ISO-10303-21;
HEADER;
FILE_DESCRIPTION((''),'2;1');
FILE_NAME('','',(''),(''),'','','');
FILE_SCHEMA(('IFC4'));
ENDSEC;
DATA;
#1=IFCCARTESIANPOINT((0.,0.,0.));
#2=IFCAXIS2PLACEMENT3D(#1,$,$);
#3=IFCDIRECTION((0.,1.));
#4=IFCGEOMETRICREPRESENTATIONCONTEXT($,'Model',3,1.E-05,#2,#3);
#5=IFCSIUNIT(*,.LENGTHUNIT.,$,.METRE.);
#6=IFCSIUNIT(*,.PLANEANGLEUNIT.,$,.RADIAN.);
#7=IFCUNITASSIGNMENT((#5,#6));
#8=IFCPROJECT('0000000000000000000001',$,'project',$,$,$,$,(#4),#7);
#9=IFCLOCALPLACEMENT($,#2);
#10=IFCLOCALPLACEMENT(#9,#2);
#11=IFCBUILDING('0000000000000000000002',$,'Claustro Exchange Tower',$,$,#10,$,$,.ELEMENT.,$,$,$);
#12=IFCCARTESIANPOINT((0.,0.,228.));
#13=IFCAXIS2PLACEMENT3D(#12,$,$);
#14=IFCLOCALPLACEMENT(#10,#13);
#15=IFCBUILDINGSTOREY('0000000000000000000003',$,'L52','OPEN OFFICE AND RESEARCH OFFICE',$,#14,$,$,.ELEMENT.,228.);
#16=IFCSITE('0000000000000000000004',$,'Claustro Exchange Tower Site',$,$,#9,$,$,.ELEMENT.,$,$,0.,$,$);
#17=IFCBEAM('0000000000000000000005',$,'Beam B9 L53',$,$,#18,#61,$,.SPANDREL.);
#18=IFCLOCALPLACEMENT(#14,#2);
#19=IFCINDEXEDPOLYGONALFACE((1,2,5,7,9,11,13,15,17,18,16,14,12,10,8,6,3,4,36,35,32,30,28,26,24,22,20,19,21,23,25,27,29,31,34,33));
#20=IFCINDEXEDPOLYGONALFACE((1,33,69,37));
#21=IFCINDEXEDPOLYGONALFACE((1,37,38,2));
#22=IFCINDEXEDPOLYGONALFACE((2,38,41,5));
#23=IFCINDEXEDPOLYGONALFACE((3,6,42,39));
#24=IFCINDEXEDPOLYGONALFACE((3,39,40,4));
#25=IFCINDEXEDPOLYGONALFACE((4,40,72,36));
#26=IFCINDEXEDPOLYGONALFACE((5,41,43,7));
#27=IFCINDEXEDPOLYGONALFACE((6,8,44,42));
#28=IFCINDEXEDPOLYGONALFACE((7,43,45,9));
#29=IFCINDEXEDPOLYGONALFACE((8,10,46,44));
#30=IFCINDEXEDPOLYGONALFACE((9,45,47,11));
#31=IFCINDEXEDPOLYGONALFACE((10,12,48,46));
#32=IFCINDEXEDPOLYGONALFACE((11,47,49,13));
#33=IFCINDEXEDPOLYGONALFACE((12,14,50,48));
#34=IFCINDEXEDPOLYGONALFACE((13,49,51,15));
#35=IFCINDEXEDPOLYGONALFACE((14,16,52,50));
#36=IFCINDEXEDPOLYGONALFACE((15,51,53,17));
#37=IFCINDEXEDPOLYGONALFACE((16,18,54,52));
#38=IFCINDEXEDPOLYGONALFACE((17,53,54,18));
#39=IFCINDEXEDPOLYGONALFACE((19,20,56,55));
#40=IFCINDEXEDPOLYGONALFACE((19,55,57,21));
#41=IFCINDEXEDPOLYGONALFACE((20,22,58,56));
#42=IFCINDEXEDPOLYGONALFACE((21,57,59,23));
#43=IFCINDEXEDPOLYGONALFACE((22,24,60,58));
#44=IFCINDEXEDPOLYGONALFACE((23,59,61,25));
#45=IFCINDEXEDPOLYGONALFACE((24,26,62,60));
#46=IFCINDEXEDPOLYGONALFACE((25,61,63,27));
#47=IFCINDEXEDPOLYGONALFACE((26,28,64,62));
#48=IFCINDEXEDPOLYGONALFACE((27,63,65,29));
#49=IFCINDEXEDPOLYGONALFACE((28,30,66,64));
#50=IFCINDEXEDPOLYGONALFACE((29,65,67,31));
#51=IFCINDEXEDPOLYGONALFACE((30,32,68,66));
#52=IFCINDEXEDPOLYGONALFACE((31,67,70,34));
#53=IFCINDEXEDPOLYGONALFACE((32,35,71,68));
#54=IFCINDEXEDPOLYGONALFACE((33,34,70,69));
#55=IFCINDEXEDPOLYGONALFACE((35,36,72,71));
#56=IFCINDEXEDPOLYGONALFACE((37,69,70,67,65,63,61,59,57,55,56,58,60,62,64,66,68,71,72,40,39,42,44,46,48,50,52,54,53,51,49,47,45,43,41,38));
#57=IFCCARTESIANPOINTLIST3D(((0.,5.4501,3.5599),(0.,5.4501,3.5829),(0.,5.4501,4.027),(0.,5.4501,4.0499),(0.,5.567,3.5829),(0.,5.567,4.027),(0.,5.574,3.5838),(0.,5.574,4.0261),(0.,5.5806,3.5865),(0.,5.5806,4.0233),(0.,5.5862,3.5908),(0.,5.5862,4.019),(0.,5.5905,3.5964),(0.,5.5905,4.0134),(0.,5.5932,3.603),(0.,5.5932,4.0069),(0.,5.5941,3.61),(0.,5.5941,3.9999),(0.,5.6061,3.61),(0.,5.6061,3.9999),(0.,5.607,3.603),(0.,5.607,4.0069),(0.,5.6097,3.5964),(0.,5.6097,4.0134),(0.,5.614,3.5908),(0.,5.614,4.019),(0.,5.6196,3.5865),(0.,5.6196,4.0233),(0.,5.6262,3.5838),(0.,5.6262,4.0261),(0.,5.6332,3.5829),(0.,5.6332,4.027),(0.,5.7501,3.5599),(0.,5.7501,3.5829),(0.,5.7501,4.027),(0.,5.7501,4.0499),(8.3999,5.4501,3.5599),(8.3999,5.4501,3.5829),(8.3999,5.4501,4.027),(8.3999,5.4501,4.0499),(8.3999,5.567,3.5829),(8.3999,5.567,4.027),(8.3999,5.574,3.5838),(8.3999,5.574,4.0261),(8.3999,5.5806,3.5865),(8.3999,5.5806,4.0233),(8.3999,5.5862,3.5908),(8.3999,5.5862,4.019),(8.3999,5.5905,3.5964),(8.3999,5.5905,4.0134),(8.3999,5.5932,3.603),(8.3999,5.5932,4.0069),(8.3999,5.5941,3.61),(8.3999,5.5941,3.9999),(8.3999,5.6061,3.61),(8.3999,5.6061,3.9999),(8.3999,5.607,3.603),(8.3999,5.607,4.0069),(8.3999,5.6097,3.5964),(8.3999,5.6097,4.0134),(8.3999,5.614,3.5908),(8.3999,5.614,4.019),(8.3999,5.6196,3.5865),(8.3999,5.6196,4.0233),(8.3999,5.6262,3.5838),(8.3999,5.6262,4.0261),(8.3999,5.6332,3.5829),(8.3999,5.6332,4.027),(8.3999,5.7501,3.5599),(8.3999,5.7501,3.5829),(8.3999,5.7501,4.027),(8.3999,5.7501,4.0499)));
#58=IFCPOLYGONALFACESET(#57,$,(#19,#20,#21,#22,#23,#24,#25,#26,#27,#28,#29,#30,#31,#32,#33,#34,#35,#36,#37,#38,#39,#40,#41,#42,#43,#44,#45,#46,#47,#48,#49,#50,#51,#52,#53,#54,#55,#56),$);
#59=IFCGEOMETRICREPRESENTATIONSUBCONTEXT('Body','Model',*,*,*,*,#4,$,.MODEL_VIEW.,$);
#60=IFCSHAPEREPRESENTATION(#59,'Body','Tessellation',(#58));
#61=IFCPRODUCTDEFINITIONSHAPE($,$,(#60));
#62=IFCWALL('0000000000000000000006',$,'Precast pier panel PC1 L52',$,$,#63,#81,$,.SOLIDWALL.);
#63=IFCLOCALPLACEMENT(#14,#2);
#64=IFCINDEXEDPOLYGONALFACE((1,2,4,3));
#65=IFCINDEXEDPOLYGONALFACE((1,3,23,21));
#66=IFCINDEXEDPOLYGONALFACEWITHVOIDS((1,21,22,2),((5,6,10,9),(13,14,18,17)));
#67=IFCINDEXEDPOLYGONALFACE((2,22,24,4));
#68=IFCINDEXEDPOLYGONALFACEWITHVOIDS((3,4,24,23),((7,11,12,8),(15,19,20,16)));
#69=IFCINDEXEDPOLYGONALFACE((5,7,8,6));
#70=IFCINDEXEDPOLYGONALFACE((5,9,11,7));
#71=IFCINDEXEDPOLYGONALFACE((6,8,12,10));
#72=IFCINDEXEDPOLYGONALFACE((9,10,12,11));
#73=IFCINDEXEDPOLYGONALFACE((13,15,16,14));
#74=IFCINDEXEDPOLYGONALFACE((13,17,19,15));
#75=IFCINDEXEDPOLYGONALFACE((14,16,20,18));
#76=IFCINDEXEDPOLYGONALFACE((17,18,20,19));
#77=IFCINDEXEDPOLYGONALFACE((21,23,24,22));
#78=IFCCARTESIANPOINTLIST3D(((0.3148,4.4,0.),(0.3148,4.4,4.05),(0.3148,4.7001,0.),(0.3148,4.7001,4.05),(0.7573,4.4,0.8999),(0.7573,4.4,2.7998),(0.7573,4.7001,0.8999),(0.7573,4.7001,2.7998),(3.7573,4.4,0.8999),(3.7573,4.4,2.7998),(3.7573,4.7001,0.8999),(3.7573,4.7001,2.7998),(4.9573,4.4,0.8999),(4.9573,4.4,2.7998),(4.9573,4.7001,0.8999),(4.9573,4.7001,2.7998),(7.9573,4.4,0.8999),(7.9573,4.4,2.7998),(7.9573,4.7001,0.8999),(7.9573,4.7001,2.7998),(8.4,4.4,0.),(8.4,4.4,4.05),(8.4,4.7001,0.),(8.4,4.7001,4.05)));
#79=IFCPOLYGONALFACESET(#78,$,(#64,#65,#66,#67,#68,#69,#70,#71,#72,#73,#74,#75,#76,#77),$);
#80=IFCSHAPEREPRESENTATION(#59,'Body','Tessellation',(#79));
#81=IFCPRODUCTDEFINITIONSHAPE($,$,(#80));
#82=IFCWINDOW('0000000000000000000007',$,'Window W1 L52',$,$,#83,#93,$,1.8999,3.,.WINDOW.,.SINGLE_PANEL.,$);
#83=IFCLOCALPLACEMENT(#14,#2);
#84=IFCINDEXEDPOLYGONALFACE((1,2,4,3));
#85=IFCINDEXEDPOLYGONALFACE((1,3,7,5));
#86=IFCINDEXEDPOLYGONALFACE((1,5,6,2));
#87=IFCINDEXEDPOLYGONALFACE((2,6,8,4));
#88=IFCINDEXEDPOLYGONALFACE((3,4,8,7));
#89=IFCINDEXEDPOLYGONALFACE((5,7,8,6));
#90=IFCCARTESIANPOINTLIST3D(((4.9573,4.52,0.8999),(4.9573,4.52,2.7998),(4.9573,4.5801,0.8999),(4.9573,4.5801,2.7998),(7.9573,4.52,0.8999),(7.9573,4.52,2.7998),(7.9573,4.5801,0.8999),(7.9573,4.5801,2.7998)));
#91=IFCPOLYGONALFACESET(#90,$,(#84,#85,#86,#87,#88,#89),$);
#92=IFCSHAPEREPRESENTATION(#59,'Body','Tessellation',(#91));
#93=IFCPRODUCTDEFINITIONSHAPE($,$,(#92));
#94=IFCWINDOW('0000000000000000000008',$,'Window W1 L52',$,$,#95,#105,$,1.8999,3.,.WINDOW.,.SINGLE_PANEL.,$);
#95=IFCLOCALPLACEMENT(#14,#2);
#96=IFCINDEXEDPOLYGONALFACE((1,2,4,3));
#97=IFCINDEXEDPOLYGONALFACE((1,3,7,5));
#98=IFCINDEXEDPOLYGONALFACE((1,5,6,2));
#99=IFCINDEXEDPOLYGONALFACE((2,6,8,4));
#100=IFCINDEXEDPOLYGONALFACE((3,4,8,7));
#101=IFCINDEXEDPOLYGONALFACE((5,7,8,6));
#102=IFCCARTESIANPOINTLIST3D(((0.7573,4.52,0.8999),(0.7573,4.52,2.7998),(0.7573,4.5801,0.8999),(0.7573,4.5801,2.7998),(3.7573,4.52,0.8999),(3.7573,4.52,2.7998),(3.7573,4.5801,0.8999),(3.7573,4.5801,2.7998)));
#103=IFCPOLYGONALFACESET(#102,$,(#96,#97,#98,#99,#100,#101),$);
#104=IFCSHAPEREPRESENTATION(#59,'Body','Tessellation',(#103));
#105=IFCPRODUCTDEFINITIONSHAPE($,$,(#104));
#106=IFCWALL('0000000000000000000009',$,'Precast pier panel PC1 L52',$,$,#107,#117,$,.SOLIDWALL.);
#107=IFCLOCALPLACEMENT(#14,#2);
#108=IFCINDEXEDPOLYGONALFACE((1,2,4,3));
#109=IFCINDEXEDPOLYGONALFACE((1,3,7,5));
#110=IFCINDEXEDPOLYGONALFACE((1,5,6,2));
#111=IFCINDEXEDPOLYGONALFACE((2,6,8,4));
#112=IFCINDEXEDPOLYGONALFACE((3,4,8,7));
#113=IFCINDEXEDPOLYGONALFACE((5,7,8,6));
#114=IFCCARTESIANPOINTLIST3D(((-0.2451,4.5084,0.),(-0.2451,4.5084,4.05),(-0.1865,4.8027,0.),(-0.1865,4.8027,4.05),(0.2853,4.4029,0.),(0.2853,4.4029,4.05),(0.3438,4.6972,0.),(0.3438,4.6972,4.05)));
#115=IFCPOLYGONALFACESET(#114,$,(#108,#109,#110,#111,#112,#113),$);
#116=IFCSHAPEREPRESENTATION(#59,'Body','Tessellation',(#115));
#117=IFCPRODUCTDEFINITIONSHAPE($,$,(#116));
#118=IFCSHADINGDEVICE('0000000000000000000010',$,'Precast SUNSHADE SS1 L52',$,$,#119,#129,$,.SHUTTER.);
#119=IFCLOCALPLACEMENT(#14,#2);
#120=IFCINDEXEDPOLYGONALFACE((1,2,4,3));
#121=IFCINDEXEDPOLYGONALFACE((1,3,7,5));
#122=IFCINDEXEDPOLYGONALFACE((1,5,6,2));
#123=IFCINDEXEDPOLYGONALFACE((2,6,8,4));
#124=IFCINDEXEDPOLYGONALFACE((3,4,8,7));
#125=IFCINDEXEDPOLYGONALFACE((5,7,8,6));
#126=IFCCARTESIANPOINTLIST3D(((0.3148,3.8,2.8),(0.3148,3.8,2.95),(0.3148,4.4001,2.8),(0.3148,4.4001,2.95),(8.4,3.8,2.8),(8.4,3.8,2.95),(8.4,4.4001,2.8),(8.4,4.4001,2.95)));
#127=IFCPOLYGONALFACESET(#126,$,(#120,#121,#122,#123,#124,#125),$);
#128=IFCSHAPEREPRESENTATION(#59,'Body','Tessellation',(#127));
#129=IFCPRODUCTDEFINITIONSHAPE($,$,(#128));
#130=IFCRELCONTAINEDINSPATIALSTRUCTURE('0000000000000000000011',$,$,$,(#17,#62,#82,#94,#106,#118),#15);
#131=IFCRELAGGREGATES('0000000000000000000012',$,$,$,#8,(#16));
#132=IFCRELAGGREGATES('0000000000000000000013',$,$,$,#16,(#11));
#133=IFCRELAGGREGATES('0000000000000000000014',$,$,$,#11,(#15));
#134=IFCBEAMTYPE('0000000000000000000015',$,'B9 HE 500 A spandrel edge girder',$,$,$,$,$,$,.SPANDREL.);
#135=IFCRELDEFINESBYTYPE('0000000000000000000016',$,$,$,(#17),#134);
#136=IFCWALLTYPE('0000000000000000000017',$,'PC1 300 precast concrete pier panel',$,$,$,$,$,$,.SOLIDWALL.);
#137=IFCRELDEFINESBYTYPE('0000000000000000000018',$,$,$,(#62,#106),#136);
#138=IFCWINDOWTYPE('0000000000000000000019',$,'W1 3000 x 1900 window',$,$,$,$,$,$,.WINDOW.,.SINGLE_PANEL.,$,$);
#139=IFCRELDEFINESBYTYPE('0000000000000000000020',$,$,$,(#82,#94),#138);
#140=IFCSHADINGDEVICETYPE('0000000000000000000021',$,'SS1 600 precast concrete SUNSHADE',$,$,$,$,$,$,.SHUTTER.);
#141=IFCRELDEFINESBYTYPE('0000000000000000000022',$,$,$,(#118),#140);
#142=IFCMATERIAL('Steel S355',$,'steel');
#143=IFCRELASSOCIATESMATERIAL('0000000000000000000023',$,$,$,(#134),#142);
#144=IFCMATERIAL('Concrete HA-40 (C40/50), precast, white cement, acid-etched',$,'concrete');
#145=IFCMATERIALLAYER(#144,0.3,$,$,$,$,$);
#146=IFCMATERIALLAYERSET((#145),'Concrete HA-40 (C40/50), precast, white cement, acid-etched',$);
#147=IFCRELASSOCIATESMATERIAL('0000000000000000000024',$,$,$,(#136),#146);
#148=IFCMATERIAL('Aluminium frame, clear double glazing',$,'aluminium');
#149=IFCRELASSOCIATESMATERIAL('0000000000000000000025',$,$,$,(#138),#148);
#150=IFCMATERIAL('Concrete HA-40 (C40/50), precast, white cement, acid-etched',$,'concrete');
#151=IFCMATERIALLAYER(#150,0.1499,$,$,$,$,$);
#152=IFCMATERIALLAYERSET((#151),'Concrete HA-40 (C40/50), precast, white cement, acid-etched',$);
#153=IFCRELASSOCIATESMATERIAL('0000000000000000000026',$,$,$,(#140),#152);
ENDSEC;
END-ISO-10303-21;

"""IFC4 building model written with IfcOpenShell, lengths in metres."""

from ifc_helpers import new_model, si_unit, direction, frame, frame_2d, origin, origin_2d, place, context, subcontext, project, spatial, rectangle, i_section, extrude, material, layer, layer_set, material_profile, profile_set, type_object, element, fill, save


model = new_model("IFC4")

# Units and contexts
model_context = context("Model", 3, precision=1e-05, world=origin(), true_north=direction((0.0, 1.0)))
body_context = subcontext(model_context, "Body", "Model", "MODEL_VIEW")
ifc_project = project(units=[si_unit("LENGTHUNIT", "METRE"), si_unit("PLANEANGLEUNIT", "RADIAN")], contexts=[model_context])

# Site, building, storey
site_placement = place(None, origin())
site = spatial("IfcSite", under=ifc_project, at=site_placement, Name="Claustro Exchange Tower Site", CompositionType="ELEMENT", RefElevation=0.0)
building_placement = place(site_placement, origin())
building = spatial("IfcBuilding", under=site, at=building_placement, Name="Claustro Exchange Tower", CompositionType="ELEMENT")
storey_placement = place(building_placement, frame((0.0, 0.0, 228.0)))
storey = spatial("IfcBuildingStorey", under=building, at=storey_placement, Name="L52", Description="OPEN OFFICE AND RESEARCH OFFICE", CompositionType="ELEMENT", Elevation=228.0)

# Beam
ifc_material_1 = material(Name="Steel S355", Category="steel")
ifc_material_profile_1 = material_profile(ifc_material_1, i_section(OverallWidth=0.3, OverallDepth=0.49, WebThickness=0.012, FlangeThickness=0.0229, FilletRadius=0.0271, at=origin_2d()), Name="HE 500 A")
ifc_profile_set_1 = profile_set([ifc_material_profile_1], Name="Steel S355")
beam_type_1 = type_object("IfcBeamType", Name="B9 HE 500 A spandrel edge girder", PredefinedType="SPANDREL", material=ifc_profile_set_1)
beam_1_placement = place(storey_placement, frame((0.0, 5.6001, 3.8049), z_axis=(1.0, 0.0, 0.0), x_axis=(0.0, 1.0, 0.0)))
element("IfcBeam", 1, at=beam_1_placement, inside=storey, type_object=beam_type_1, Name="Beam B9 L53", PredefinedType="SPANDREL", context=body_context, shape_type="SweptSolid", body=[
    extrude(i_section(OverallWidth=0.3, OverallDepth=0.49, WebThickness=0.012, FlangeThickness=0.0229, FilletRadius=0.0271, at=origin_2d()), origin(), (0.0, 0.0, 1.0), 8.3999),
])

# Wall, openings, windows
ifc_material_2 = material(Name="Concrete HA-40 (C40/50), precast, white cement, acid-etched", Category="concrete")
ifc_layer_1 = layer(ifc_material_2, 0.3)
ifc_layer_set_1 = layer_set([ifc_layer_1], Name="Concrete HA-40 (C40/50), precast, white cement, acid-etched")
wall_type = type_object("IfcWallType", Name="PC1 300 precast concrete pier panel", PredefinedType="SOLIDWALL", material=ifc_layer_set_1)
wall_1_placement = place(storey_placement, frame((8.3999, 4.55, 0.0), z_axis=(0.0, 0.0, 1.0), x_axis=(-1.0, 0.0, 0.0)))
wall_1 = element("IfcWall", 2, at=wall_1_placement, inside=storey, type_object=wall_type, Name="Precast pier panel PC1 L52", PredefinedType="SOLIDWALL", context=body_context, shape_type="SweptSolid", body=[
    extrude(rectangle(XDim=8.0852, YDim=0.3, at=frame_2d((4.0425, 0.0))), origin(), (0.0, 0.0, 1.0), 4.05),
])
opening_1_placement = place(wall_1_placement, frame((0.4426, 0.0, 0.8999)))
opening_1 = element("IfcOpeningElement", 3, at=opening_1_placement, cuts=wall_1, PredefinedType="OPENING", context=body_context, shape_type="SweptSolid", body=[
    extrude(rectangle(XDim=3.0, YDim=1.8999, at=frame_2d((1.5, 0.95))), frame((0.0, 0.1599, 0.0), z_axis=(0.0, -1.0, 0.0), x_axis=(1.0, 0.0, 0.0)), (0.0, 0.0, 1.0), 0.3201),
])
opening_2_placement = place(wall_1_placement, frame((4.6426, 0.0, 0.8999)))
opening_2 = element("IfcOpeningElement", 4, at=opening_2_placement, cuts=wall_1, PredefinedType="OPENING", context=body_context, shape_type="SweptSolid", body=[
    extrude(rectangle(XDim=3.0, YDim=1.8999, at=frame_2d((1.5, 0.95))), frame((0.0, 0.1599, 0.0), z_axis=(0.0, -1.0, 0.0), x_axis=(1.0, 0.0, 0.0)), (0.0, 0.0, 1.0), 0.3201),
])
ifc_material_3 = material(Name="Aluminium frame, clear double glazing", Category="aluminium")
window_type = type_object("IfcWindowType", Name="W1 3000 x 1900 window", PartitioningType="SINGLE_PANEL", PredefinedType="WINDOW", material=ifc_material_3)
window_1_placement = place(opening_1_placement, origin())
window_1 = element("IfcWindow", 5, at=window_1_placement, inside=storey, type_object=window_type, Name="Window W1 L52", OverallHeight=1.8999, OverallWidth=3.0, PartitioningType="SINGLE_PANEL", PredefinedType="WINDOW", context=body_context, shape_type="SweptSolid", body=[
    extrude(rectangle(XDim=3.0, YDim=1.8999, at=frame_2d((1.5, 0.95))), frame((0.0, 0.03, 0.0), z_axis=(0.0, -1.0, 0.0), x_axis=(1.0, 0.0, 0.0)), (0.0, 0.0, 1.0), 0.0601),
])
fill(opening_1, window_1)
window_2_placement = place(opening_2_placement, origin())
window_2 = element("IfcWindow", 6, at=window_2_placement, inside=storey, type_object=window_type, Name="Window W1 L52", OverallHeight=1.8999, OverallWidth=3.0, PartitioningType="SINGLE_PANEL", PredefinedType="WINDOW", context=body_context, shape_type="SweptSolid", body=[
    extrude(rectangle(XDim=3.0, YDim=1.8999, at=frame_2d((1.5, 0.95))), frame((0.0, 0.03, 0.0), z_axis=(0.0, -1.0, 0.0), x_axis=(1.0, 0.0, 0.0)), (0.0, 0.0, 1.0), 0.0601),
])
fill(opening_2, window_2)

# Wall
wall_2_placement = place(storey_placement, frame((0.3147, 4.55, 0.0), z_axis=(0.0, 0.0, 1.0), x_axis=(-0.980789, 0.195074, 0.0)))
element("IfcWall", 7, at=wall_2_placement, inside=storey, type_object=wall_type, Name="Precast pier panel PC1 L52", PredefinedType="SOLIDWALL", context=body_context, shape_type="SweptSolid", body=[
    extrude(rectangle(XDim=0.5408, YDim=0.3, at=frame_2d((0.2705, 0.0))), origin(), (0.0, 0.0, 1.0), 4.05),
])

# Shading device
ifc_material_4 = material(Name="Concrete HA-40 (C40/50), precast, white cement, acid-etched", Category="concrete")
ifc_layer_2 = layer(ifc_material_4, 0.1499)
ifc_layer_set_2 = layer_set([ifc_layer_2], Name="Concrete HA-40 (C40/50), precast, white cement, acid-etched")
shading_device_type = type_object("IfcShadingDeviceType", Name="SS1 600 precast concrete SUNSHADE", PredefinedType="SHUTTER", material=ifc_layer_set_2)
shading_device_placement = place(storey_placement, frame((4.3574, 4.1001, 2.8), z_axis=(0.0, 0.0, 1.0), x_axis=(-1.0, 0.0, 0.0)))
element("IfcShadingDevice", 8, at=shading_device_placement, inside=storey, type_object=shading_device_type, Name="Precast SUNSHADE SS1 L52", PredefinedType="SHUTTER", context=body_context, shape_type="SweptSolid", body=[
    extrude(rectangle(XDim=8.0852, YDim=0.6001, at=origin_2d()), origin(), (0.0, 0.0, 1.0), 0.1499),
])

save(model, "model.ifc")
